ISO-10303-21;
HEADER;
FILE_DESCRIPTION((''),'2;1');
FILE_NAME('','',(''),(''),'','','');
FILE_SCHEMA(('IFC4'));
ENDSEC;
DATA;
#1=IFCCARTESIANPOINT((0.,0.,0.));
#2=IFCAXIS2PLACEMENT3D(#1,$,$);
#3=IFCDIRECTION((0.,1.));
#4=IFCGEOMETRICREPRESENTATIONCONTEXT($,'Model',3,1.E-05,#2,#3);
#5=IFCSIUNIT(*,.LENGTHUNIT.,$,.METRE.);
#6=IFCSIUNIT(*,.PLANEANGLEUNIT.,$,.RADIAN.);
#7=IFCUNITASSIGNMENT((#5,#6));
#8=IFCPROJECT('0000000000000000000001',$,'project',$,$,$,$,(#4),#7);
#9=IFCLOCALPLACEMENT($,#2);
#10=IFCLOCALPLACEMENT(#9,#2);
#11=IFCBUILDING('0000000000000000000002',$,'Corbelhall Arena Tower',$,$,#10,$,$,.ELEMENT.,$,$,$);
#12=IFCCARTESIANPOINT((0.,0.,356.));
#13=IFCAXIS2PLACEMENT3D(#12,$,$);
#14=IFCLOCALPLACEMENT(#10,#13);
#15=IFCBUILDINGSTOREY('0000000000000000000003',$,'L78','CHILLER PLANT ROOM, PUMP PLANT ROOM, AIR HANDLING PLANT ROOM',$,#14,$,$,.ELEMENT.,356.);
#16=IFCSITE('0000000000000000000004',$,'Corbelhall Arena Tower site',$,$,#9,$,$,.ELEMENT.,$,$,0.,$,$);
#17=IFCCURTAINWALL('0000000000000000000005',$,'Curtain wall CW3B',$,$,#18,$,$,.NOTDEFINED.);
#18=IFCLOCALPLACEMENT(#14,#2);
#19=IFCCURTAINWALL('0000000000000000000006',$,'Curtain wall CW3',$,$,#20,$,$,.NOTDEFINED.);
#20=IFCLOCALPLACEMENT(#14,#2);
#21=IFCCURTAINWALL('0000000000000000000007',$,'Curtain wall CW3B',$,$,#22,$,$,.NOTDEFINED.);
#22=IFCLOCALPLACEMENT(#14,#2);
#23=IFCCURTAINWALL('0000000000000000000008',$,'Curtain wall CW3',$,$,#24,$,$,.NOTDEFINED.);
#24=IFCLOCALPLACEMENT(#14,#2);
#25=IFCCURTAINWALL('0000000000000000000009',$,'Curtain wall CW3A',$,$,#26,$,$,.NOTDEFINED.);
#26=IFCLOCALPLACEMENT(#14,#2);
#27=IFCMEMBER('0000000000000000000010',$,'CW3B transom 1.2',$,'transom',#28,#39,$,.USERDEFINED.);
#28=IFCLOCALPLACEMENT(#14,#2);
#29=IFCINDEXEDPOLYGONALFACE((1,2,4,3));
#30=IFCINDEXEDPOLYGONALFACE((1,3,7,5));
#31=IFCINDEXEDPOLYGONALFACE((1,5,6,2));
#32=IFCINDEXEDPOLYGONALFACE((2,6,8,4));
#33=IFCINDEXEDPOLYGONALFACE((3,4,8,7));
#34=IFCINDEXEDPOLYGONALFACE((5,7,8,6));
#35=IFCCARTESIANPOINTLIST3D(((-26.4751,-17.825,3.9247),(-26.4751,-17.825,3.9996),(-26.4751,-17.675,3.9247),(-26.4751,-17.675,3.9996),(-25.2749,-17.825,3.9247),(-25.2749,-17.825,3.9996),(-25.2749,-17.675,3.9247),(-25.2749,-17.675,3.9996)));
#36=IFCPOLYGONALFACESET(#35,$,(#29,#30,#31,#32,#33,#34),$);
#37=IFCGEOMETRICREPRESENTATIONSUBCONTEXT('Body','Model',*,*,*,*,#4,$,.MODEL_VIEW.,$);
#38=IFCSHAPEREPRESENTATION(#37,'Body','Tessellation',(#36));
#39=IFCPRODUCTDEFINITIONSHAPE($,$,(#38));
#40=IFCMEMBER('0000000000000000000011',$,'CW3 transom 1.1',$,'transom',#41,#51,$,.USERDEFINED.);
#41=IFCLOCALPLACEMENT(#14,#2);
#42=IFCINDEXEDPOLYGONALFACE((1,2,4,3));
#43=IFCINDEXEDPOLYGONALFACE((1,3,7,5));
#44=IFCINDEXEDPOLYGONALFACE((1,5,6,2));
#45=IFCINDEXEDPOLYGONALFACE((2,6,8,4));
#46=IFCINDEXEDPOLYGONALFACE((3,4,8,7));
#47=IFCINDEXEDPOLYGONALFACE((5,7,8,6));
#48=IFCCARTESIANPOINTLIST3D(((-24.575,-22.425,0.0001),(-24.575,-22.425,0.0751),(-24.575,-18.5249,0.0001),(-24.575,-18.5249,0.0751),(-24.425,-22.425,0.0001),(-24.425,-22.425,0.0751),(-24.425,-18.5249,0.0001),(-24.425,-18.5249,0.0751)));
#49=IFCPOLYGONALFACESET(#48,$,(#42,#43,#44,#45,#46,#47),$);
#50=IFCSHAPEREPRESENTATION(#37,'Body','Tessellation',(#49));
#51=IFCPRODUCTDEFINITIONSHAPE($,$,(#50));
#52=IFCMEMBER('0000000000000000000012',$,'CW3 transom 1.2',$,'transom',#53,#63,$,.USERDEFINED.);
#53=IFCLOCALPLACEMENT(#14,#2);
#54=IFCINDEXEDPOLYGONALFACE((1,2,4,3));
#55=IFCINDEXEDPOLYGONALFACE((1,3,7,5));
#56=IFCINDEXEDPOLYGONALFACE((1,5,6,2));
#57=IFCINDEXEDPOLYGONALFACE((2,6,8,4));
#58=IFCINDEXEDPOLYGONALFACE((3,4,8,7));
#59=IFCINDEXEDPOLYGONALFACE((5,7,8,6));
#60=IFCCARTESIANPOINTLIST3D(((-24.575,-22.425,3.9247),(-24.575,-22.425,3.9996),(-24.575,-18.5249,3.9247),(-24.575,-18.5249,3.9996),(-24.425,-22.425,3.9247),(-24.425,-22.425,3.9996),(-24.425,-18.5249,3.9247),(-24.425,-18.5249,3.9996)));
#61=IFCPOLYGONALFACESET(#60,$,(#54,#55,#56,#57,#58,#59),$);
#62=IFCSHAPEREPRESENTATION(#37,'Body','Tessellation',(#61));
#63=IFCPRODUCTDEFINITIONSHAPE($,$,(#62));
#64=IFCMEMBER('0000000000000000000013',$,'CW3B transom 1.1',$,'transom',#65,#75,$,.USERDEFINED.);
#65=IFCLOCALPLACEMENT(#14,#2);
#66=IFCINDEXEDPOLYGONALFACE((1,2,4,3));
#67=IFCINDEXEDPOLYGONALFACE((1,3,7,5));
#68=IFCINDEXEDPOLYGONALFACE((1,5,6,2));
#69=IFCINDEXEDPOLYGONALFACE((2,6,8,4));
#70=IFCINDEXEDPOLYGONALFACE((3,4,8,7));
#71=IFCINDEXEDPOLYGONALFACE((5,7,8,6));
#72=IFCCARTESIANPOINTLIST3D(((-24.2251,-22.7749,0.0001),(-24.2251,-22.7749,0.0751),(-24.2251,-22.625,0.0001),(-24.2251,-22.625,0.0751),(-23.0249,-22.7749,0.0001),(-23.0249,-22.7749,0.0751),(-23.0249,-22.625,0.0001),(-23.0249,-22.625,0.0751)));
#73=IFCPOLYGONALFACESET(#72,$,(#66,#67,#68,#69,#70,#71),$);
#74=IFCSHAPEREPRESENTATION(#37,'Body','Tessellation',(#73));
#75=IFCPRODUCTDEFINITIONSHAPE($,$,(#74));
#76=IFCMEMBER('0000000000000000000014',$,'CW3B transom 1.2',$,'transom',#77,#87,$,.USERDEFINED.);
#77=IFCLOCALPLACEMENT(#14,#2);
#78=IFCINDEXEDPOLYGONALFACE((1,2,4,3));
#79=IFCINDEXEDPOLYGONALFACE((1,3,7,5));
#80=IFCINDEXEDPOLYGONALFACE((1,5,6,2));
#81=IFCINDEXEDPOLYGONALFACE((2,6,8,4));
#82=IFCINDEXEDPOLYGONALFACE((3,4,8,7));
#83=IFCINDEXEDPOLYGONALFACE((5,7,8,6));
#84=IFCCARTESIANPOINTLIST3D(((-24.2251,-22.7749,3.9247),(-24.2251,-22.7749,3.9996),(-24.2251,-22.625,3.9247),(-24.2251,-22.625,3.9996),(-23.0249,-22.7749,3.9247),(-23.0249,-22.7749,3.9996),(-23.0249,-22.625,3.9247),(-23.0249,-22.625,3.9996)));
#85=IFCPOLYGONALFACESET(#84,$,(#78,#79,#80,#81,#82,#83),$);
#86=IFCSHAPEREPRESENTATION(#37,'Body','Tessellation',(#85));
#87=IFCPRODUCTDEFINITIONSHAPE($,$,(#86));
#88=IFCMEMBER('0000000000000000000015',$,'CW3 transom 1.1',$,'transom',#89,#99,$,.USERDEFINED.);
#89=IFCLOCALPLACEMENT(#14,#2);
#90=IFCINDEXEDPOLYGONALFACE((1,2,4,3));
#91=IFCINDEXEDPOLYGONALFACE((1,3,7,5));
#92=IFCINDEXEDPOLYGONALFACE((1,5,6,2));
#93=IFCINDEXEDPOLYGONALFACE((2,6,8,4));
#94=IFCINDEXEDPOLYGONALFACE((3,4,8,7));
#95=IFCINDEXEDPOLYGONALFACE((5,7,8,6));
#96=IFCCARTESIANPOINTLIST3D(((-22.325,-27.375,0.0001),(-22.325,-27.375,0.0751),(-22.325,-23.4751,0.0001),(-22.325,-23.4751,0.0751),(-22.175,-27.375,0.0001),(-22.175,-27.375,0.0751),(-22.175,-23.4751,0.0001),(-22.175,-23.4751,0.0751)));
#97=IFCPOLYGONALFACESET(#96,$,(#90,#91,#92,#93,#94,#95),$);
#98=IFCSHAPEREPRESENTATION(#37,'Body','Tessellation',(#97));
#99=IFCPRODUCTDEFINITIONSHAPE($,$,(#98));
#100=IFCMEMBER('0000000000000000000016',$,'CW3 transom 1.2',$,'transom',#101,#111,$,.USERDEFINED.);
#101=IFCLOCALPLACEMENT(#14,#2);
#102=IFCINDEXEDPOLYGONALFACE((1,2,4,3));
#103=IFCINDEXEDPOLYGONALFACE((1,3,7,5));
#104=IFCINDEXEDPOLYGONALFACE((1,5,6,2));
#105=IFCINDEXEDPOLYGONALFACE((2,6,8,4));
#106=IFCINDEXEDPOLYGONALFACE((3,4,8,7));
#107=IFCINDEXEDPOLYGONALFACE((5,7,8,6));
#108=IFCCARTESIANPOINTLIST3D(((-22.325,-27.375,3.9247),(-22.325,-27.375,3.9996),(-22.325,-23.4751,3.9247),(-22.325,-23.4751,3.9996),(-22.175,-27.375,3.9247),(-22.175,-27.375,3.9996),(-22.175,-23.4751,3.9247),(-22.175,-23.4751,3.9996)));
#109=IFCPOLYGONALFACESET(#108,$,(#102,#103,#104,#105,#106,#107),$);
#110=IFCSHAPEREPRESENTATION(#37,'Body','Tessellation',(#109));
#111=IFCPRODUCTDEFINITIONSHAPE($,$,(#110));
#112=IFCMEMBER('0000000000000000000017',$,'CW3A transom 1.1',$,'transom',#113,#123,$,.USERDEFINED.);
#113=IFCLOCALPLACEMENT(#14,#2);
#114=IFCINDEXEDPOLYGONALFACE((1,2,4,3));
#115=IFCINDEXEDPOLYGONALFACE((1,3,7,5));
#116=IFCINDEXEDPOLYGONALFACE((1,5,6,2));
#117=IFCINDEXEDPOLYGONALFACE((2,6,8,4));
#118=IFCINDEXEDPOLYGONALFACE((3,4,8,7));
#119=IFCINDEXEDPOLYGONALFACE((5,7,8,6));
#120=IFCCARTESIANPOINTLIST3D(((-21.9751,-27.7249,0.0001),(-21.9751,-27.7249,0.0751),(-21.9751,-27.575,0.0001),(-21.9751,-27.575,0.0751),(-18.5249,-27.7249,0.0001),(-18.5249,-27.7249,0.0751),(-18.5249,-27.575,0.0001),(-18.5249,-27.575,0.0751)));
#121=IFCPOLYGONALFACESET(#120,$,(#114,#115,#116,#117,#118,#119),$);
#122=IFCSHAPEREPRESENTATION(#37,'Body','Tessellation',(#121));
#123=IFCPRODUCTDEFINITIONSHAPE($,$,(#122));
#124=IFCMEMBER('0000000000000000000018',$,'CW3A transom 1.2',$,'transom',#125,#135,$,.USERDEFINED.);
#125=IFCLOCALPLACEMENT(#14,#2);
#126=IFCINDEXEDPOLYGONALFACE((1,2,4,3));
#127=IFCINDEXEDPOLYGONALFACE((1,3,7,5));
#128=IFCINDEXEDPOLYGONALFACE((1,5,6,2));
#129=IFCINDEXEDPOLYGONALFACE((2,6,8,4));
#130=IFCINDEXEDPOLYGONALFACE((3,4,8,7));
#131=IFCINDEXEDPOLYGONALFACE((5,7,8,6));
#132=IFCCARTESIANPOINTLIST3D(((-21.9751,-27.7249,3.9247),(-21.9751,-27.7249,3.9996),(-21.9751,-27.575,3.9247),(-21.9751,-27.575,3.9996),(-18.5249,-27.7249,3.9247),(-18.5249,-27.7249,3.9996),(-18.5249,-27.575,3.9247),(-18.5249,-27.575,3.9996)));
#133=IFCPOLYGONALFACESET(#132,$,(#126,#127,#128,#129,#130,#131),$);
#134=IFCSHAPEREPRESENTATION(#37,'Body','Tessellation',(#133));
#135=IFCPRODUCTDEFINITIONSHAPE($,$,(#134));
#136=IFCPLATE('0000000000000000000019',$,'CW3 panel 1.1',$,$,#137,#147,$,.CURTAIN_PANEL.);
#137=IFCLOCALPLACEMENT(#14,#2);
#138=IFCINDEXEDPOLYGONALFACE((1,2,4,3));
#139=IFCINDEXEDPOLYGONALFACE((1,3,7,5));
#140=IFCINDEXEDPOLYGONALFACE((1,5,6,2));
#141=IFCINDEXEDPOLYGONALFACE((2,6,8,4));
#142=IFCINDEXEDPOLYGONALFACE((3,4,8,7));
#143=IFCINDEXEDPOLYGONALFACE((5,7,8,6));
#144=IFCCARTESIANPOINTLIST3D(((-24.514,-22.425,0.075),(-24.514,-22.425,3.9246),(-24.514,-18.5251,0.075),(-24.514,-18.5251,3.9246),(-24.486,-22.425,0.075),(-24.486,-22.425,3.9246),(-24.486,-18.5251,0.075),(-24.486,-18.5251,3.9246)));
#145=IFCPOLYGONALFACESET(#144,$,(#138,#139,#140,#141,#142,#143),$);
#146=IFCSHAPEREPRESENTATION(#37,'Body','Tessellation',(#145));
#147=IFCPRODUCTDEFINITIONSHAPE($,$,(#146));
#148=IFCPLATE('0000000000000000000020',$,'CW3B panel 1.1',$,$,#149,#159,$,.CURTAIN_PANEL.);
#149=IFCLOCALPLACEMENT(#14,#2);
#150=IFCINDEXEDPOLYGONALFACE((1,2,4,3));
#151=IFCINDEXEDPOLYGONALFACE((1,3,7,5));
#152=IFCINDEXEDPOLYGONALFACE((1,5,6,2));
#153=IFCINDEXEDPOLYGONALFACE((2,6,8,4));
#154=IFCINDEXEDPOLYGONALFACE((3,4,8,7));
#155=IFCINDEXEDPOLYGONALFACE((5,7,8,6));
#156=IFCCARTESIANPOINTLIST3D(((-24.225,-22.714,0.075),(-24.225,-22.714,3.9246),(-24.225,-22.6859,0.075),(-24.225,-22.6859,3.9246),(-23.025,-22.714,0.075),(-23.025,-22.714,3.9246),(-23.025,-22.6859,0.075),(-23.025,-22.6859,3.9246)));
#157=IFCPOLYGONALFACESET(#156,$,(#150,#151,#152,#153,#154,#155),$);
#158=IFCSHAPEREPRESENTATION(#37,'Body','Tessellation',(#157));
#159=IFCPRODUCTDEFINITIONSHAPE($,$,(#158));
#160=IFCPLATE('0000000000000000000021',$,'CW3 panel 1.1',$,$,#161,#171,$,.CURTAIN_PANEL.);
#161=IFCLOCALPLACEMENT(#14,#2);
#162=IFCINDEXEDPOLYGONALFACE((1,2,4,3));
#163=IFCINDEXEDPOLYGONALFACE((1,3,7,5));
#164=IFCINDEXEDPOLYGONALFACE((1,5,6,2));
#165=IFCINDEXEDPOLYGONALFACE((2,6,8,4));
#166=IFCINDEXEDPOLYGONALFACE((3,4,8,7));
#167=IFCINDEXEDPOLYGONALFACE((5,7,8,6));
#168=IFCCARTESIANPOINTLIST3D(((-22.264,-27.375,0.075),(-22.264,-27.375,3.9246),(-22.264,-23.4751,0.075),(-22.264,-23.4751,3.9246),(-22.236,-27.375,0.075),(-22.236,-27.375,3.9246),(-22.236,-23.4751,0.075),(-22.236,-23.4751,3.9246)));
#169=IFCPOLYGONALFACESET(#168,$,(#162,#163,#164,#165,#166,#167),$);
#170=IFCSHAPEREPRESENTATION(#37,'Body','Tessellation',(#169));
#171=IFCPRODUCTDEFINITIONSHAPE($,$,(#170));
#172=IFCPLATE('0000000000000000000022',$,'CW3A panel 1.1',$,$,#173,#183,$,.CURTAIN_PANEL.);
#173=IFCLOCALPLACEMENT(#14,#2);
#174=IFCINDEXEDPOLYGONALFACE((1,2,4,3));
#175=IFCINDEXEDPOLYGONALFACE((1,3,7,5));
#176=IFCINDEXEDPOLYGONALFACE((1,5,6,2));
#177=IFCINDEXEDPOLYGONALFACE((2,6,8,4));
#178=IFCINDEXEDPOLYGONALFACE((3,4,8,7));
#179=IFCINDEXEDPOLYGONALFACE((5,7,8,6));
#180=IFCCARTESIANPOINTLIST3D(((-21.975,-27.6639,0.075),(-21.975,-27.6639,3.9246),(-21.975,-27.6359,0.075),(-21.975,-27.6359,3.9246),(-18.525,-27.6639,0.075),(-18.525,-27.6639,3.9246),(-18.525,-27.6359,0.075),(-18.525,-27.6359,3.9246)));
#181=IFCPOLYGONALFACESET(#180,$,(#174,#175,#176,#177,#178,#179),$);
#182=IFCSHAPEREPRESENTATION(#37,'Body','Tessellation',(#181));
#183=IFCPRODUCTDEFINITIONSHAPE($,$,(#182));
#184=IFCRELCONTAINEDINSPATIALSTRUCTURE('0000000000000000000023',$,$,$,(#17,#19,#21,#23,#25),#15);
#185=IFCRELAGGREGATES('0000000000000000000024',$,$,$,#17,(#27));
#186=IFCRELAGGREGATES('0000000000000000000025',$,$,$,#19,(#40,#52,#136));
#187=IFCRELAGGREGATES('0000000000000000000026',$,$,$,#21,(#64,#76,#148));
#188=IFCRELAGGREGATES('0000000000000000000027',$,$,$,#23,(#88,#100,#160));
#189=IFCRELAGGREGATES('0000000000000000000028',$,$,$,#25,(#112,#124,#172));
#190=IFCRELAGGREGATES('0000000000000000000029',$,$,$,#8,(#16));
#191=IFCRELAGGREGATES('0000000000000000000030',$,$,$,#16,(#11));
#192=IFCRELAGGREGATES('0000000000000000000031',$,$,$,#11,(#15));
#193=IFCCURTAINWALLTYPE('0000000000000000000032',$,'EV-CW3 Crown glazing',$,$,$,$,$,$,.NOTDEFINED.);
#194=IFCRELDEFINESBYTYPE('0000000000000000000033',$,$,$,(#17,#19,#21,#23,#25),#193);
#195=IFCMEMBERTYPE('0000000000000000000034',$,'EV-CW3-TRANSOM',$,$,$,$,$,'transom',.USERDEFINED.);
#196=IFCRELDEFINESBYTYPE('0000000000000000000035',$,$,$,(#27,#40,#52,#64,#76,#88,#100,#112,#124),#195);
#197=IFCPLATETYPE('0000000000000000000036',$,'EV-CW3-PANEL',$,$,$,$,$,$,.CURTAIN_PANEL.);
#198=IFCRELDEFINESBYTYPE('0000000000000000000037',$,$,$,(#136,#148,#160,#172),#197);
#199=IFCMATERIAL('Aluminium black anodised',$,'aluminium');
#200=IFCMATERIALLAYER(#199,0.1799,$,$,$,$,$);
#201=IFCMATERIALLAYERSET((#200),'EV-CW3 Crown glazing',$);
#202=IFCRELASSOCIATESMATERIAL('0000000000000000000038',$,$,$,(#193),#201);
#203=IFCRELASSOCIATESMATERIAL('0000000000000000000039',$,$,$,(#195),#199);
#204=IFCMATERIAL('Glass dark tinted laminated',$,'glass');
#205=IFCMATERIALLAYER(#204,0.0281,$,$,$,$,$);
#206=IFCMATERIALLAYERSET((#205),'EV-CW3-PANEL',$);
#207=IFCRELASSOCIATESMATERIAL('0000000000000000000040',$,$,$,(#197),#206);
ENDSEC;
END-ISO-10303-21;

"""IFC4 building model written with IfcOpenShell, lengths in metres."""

from ifc_helpers import new_model, si_unit, direction, frame, origin, origin_2d, place, context, subcontext, project, spatial, rectangle, extrude, material, layer, layer_set, material_profile, profile_set, type_object, element, aggregate, save


model = new_model("IFC4")

# Units and contexts
model_context = context("Model", 3, precision=1e-05, world=origin(), true_north=direction((0.0, 1.0)))
body_context = subcontext(model_context, "Body", "Model", "MODEL_VIEW")
ifc_project = project(units=[si_unit("LENGTHUNIT", "METRE"), si_unit("PLANEANGLEUNIT", "RADIAN")], contexts=[model_context])

# Site, building, storey
site_placement = place(None, origin())
site = spatial("IfcSite", under=ifc_project, at=site_placement, Name="Corbelhall Arena Tower site", CompositionType="ELEMENT", RefElevation=0.0)
building_placement = place(site_placement, origin())
building = spatial("IfcBuilding", under=site, at=building_placement, Name="Corbelhall Arena Tower", CompositionType="ELEMENT")
storey_placement = place(building_placement, frame((0.0, 0.0, 356.0)))
storey = spatial("IfcBuildingStorey", under=building, at=storey_placement, Name="L78", Description="CHILLER PLANT ROOM, PUMP PLANT ROOM, AIR HANDLING PLANT ROOM", CompositionType="ELEMENT", Elevation=356.0)

# Curtain wall
ifc_material_1 = material(Name="Aluminium black anodised", Category="aluminium")
ifc_layer_1 = layer(ifc_material_1, 0.1799)
ifc_layer_set_1 = layer_set([ifc_layer_1], Name="EV-CW3 Crown glazing")
curtain_wall_type = type_object("IfcCurtainWallType", Name="EV-CW3 Crown glazing", PredefinedType="NOTDEFINED", material=ifc_layer_set_1)
curtain_wall_1_placement = place(storey_placement, origin())
curtain_wall_1 = element("IfcCurtainWall", 1, at=curtain_wall_1_placement, inside=storey, type_object=curtain_wall_type, Name="Curtain wall CW3B", PredefinedType="NOTDEFINED")

# Curtain walls
curtain_wall_2_placement = place(storey_placement, origin())
curtain_wall_2 = element("IfcCurtainWall", 2, at=curtain_wall_2_placement, inside=storey, type_object=curtain_wall_type, Name="Curtain wall CW3", PredefinedType="NOTDEFINED")
curtain_wall_3_placement = place(storey_placement, origin())
curtain_wall_3 = element("IfcCurtainWall", 3, at=curtain_wall_3_placement, inside=storey, type_object=curtain_wall_type, Name="Curtain wall CW3B", PredefinedType="NOTDEFINED")
curtain_wall_4_placement = place(storey_placement, origin())
curtain_wall_4 = element("IfcCurtainWall", 4, at=curtain_wall_4_placement, inside=storey, type_object=curtain_wall_type, Name="Curtain wall CW3", PredefinedType="NOTDEFINED")

# Curtain wall
curtain_wall_5_placement = place(storey_placement, origin())
curtain_wall_5 = element("IfcCurtainWall", 5, at=curtain_wall_5_placement, inside=storey, type_object=curtain_wall_type, Name="Curtain wall CW3A", PredefinedType="NOTDEFINED")

# Members
ifc_material_profile_1 = material_profile(ifc_material_1, rectangle(XDim=0.1499, YDim=0.075, at=origin_2d()))
ifc_profile_set_1 = profile_set([ifc_material_profile_1], Name="Aluminium black anodised")
member_type_1 = type_object("IfcMemberType", Name="EV-CW3-TRANSOM", ElementType="transom", PredefinedType="USERDEFINED", material=ifc_profile_set_1)
member_1_placement = place(storey_placement, frame((-26.4751, -17.75, 3.9622), z_axis=(1.0, 0.0, 0.0), x_axis=(0.0, 1.0, 0.0)))
member_1 = element("IfcMember", 6, at=member_1_placement, type_object=member_type_1, Name="CW3B transom 1.2", ObjectType="transom", PredefinedType="USERDEFINED", context=body_context, shape_type="SweptSolid", body=[
    extrude(rectangle(XDim=0.1499, YDim=0.075, at=origin_2d()), origin(), (0.0, 0.0, 1.0), 1.2002),
])
aggregate(curtain_wall_1, [member_1])
member_2_placement = place(storey_placement, frame((-24.5, -18.5249, 0.0376), z_axis=(0.0, -1.0, 0.0), x_axis=(1.0, 0.0, 0.0)))
member_2 = element("IfcMember", 7, at=member_2_placement, type_object=member_type_1, Name="CW3 transom 1.1", ObjectType="transom", PredefinedType="USERDEFINED", context=body_context, shape_type="SweptSolid", body=[
    extrude(rectangle(XDim=0.1499, YDim=0.075, at=origin_2d()), origin(), (0.0, 0.0, 1.0), 3.9001),
])
member_3_placement = place(storey_placement, frame((-24.5, -18.5249, 3.9622), z_axis=(0.0, -1.0, 0.0), x_axis=(1.0, 0.0, 0.0)))
member_3 = element("IfcMember", 8, at=member_3_placement, type_object=member_type_1, Name="CW3 transom 1.2", ObjectType="transom", PredefinedType="USERDEFINED", context=body_context, shape_type="SweptSolid", body=[
    extrude(rectangle(XDim=0.1499, YDim=0.075, at=origin_2d()), origin(), (0.0, 0.0, 1.0), 3.9001),
])
member_4_placement = place(storey_placement, frame((-24.2251, -22.7, 0.0376), z_axis=(1.0, 0.0, 0.0), x_axis=(0.0, 1.0, 0.0)))
member_4 = element("IfcMember", 9, at=member_4_placement, type_object=member_type_1, Name="CW3B transom 1.1", ObjectType="transom", PredefinedType="USERDEFINED", context=body_context, shape_type="SweptSolid", body=[
    extrude(rectangle(XDim=0.1499, YDim=0.075, at=origin_2d()), origin(), (0.0, 0.0, 1.0), 1.2002),
])
member_5_placement = place(storey_placement, frame((-24.2251, -22.7, 3.9622), z_axis=(1.0, 0.0, 0.0), x_axis=(0.0, 1.0, 0.0)))
member_5 = element("IfcMember", 10, at=member_5_placement, type_object=member_type_1, Name="CW3B transom 1.2", ObjectType="transom", PredefinedType="USERDEFINED", context=body_context, shape_type="SweptSolid", body=[
    extrude(rectangle(XDim=0.1499, YDim=0.075, at=origin_2d()), origin(), (0.0, 0.0, 1.0), 1.2002),
])
member_6_placement = place(storey_placement, frame((-22.25, -23.4751, 0.0376), z_axis=(0.0, -1.0, 0.0), x_axis=(1.0, 0.0, 0.0)))
member_6 = element("IfcMember", 11, at=member_6_placement, type_object=member_type_1, Name="CW3 transom 1.1", ObjectType="transom", PredefinedType="USERDEFINED", context=body_context, shape_type="SweptSolid", body=[
    extrude(rectangle(XDim=0.1499, YDim=0.075, at=origin_2d()), origin(), (0.0, 0.0, 1.0), 3.8999),
])
member_7_placement = place(storey_placement, frame((-22.25, -23.4751, 3.9622), z_axis=(0.0, -1.0, 0.0), x_axis=(1.0, 0.0, 0.0)))
member_7 = element("IfcMember", 12, at=member_7_placement, type_object=member_type_1, Name="CW3 transom 1.2", ObjectType="transom", PredefinedType="USERDEFINED", context=body_context, shape_type="SweptSolid", body=[
    extrude(rectangle(XDim=0.1499, YDim=0.075, at=origin_2d()), origin(), (0.0, 0.0, 1.0), 3.8999),
])
member_8_placement = place(storey_placement, frame((-21.9751, -27.6499, 0.0376), z_axis=(1.0, 0.0, 0.0), x_axis=(0.0, 1.0, 0.0)))
member_8 = element("IfcMember", 13, at=member_8_placement, type_object=member_type_1, Name="CW3A transom 1.1", ObjectType="transom", PredefinedType="USERDEFINED", context=body_context, shape_type="SweptSolid", body=[
    extrude(rectangle(XDim=0.1499, YDim=0.075, at=origin_2d()), origin(), (0.0, 0.0, 1.0), 3.4502),
])
member_9_placement = place(storey_placement, frame((-21.9751, -27.6499, 3.9622), z_axis=(1.0, 0.0, 0.0), x_axis=(0.0, 1.0, 0.0)))
member_9 = element("IfcMember", 14, at=member_9_placement, type_object=member_type_1, Name="CW3A transom 1.2", ObjectType="transom", PredefinedType="USERDEFINED", context=body_context, shape_type="SweptSolid", body=[
    extrude(rectangle(XDim=0.1499, YDim=0.075, at=origin_2d()), origin(), (0.0, 0.0, 1.0), 3.4502),
])

# Plates
ifc_material_2 = material(Name="Glass dark tinted laminated", Category="glass")
ifc_layer_2 = layer(ifc_material_2, 0.0281)
ifc_layer_set_2 = layer_set([ifc_layer_2], Name="EV-CW3-PANEL")
plate_type = type_object("IfcPlateType", Name="EV-CW3-PANEL", PredefinedType="CURTAIN_PANEL", material=ifc_layer_set_2)
plate_1_placement = place(storey_placement, frame((-24.5, -20.4751, 0.075), z_axis=(0.0, 0.0, 1.0), x_axis=(0.0, -1.0, 0.0)))
plate_1 = element("IfcPlate", 15, at=plate_1_placement, type_object=plate_type, Name="CW3 panel 1.1", PredefinedType="CURTAIN_PANEL", context=body_context, shape_type="SweptSolid", body=[
    extrude(rectangle(XDim=3.8999, YDim=0.0281, at=origin_2d()), origin(), (0.0, 0.0, 1.0), 3.8496),
])
aggregate(curtain_wall_2, [member_2, member_3, plate_1])
plate_2_placement = place(storey_placement, frame((-23.625, -22.7, 0.075), z_axis=(0.0, 0.0, 1.0), x_axis=(1.0, 0.0, 0.0)))
plate_2 = element("IfcPlate", 16, at=plate_2_placement, type_object=plate_type, Name="CW3B panel 1.1", PredefinedType="CURTAIN_PANEL", context=body_context, shape_type="SweptSolid", body=[
    extrude(rectangle(XDim=1.2, YDim=0.0281, at=origin_2d()), origin(), (0.0, 0.0, 1.0), 3.8496),
])
aggregate(curtain_wall_3, [member_4, member_5, plate_2])
plate_3_placement = place(storey_placement, frame((-22.25, -25.425, 0.075), z_axis=(0.0, 0.0, 1.0), x_axis=(0.0, -1.0, 0.0)))
plate_3 = element("IfcPlate", 17, at=plate_3_placement, type_object=plate_type, Name="CW3 panel 1.1", PredefinedType="CURTAIN_PANEL", context=body_context, shape_type="SweptSolid", body=[
    extrude(rectangle(XDim=3.8999, YDim=0.0281, at=origin_2d()), origin(), (0.0, 0.0, 1.0), 3.8496),
])
aggregate(curtain_wall_4, [member_6, member_7, plate_3])
plate_4_placement = place(storey_placement, frame((-20.25, -27.6499, 0.075), z_axis=(0.0, 0.0, 1.0), x_axis=(1.0, 0.0, 0.0)))
plate_4 = element("IfcPlate", 18, at=plate_4_placement, type_object=plate_type, Name="CW3A panel 1.1", PredefinedType="CURTAIN_PANEL", context=body_context, shape_type="SweptSolid", body=[
    extrude(rectangle(XDim=3.45, YDim=0.0281, at=origin_2d()), origin(), (0.0, 0.0, 1.0), 3.8496),
])
aggregate(curtain_wall_5, [member_8, member_9, plate_4])

save(model, "model.ifc")
